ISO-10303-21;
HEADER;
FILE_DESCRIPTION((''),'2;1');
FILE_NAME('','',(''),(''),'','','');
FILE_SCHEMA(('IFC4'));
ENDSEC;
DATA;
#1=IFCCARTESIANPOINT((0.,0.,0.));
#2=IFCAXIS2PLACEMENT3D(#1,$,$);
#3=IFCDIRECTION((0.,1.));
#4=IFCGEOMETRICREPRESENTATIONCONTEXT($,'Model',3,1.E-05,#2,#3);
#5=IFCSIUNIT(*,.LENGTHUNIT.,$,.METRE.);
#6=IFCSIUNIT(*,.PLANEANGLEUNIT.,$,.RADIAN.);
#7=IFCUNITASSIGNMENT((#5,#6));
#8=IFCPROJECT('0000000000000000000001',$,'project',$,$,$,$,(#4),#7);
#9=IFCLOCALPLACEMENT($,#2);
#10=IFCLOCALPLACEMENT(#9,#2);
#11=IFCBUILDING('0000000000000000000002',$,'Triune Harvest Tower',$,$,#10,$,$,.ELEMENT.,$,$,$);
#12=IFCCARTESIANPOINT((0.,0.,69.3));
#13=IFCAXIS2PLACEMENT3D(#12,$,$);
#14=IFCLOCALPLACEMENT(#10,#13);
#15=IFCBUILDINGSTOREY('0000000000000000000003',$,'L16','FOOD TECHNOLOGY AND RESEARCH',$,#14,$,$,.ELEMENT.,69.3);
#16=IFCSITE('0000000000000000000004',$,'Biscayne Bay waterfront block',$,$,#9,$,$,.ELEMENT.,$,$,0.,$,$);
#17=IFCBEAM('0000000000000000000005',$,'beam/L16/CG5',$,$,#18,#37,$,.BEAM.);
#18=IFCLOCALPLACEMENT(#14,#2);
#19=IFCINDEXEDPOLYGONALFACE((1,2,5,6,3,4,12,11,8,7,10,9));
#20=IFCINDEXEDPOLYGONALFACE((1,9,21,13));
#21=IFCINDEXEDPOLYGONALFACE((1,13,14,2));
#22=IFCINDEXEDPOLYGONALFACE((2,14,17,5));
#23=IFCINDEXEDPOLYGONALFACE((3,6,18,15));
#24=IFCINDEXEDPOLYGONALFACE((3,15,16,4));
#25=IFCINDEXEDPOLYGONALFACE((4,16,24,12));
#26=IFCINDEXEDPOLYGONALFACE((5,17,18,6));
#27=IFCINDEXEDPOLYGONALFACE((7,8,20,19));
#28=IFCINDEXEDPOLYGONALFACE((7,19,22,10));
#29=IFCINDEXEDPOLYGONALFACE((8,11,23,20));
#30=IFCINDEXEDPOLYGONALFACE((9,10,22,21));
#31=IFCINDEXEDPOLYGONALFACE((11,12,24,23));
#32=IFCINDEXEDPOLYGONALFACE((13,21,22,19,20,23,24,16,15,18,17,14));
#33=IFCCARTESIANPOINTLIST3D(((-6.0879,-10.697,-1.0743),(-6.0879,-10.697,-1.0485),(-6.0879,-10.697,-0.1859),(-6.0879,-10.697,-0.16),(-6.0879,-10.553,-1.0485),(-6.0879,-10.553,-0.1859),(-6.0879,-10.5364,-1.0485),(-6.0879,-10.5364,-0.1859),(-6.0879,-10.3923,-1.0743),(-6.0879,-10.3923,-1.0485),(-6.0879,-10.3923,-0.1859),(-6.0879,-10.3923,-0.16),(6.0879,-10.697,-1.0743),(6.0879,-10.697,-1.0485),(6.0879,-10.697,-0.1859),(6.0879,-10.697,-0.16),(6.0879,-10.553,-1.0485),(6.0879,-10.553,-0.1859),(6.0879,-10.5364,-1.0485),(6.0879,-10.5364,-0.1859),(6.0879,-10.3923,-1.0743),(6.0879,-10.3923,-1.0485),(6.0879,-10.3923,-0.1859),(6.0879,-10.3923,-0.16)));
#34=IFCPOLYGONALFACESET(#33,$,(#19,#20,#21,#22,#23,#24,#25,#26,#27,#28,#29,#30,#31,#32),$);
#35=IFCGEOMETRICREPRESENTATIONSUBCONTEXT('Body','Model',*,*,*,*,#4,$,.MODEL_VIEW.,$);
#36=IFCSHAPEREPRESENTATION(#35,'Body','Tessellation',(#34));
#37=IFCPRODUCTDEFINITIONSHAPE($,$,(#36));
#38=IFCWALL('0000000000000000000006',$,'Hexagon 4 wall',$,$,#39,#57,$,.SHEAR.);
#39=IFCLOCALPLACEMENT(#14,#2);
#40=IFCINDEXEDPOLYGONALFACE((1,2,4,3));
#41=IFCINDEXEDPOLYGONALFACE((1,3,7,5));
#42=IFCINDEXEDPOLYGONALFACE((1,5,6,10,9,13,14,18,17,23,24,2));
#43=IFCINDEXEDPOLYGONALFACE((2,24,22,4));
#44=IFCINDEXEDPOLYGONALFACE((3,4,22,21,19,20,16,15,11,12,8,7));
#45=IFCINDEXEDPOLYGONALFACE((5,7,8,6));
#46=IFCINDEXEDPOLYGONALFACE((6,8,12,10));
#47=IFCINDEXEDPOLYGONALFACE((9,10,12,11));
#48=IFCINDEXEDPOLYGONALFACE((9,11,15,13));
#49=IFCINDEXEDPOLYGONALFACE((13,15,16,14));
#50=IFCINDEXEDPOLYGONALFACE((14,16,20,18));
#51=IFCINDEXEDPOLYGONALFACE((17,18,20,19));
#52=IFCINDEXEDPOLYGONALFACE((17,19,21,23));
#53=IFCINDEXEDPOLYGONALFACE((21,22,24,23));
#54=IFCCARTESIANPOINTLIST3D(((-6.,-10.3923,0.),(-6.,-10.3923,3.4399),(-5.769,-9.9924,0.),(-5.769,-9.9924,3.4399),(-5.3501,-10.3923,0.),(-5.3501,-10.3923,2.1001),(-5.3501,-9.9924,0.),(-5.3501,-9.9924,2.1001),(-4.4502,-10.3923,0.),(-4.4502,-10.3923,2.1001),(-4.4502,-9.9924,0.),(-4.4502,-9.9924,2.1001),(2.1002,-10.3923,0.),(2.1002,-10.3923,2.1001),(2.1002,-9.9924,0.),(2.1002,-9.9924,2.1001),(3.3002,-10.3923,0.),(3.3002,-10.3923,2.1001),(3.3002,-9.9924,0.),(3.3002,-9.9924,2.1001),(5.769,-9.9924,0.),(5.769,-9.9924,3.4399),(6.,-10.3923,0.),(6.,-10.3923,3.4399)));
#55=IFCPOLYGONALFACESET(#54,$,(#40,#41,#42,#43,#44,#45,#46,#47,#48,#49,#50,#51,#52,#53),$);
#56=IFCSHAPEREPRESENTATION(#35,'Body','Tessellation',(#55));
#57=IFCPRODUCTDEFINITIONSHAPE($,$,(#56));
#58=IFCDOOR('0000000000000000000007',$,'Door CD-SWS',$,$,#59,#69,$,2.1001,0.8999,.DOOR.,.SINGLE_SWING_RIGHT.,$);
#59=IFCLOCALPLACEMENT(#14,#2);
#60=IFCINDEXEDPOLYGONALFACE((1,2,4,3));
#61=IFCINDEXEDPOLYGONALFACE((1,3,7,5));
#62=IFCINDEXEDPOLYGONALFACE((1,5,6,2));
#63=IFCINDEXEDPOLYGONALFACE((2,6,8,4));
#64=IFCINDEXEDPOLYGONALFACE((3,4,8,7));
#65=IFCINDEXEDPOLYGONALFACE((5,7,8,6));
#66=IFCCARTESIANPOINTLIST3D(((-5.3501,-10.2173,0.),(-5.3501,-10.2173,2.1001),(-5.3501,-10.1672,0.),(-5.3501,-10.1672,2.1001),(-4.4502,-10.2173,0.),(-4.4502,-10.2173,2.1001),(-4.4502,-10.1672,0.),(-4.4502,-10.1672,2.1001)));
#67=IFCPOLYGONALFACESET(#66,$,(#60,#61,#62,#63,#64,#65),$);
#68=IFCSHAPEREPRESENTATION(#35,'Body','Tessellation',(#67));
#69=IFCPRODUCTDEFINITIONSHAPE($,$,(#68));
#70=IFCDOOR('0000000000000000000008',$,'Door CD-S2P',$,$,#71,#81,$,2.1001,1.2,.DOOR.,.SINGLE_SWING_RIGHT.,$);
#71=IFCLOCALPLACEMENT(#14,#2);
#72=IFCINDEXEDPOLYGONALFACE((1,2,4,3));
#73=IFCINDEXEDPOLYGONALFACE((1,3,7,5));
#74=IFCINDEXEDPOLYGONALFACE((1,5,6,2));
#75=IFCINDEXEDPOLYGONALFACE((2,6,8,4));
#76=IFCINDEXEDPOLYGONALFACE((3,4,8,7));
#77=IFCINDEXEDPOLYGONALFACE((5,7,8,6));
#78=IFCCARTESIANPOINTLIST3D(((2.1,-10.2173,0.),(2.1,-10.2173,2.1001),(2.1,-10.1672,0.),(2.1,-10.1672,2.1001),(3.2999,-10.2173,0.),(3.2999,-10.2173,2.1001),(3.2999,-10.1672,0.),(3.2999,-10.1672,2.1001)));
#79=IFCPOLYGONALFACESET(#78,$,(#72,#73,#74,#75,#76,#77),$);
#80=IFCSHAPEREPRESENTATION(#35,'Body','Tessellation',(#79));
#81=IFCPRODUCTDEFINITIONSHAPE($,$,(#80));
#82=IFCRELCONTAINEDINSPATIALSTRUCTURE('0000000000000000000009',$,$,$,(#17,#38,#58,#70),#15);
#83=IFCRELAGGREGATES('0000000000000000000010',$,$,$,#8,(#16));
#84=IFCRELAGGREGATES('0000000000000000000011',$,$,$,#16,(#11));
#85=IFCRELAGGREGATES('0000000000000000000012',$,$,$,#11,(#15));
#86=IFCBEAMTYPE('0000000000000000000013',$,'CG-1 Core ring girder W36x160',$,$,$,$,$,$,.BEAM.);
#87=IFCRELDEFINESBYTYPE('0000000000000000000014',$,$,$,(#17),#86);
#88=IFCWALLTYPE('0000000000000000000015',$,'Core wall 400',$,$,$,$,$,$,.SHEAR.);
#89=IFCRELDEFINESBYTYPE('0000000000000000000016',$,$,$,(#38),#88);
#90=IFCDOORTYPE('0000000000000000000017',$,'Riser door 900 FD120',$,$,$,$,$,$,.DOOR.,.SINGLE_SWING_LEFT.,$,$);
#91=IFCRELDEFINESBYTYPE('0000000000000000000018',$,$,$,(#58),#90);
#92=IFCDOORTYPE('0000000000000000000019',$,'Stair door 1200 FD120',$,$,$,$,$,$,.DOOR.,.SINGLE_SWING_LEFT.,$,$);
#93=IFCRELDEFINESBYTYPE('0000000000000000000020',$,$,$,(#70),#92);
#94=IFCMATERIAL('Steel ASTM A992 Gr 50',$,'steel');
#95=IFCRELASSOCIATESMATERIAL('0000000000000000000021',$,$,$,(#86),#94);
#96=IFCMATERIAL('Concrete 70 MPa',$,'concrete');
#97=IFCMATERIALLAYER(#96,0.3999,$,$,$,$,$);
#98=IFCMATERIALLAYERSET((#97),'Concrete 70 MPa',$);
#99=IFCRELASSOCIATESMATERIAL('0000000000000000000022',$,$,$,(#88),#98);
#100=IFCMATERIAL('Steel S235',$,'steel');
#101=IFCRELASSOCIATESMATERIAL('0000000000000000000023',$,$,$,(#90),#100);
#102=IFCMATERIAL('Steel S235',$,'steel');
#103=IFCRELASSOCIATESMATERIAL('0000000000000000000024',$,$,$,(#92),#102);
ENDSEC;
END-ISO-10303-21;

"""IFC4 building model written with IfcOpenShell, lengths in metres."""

from ifc_helpers import new_model, si_unit, direction, frame, frame_2d, origin, origin_2d, place, context, subcontext, project, spatial, polyline, rectangle, i_section, outline, extrude, source, transform, mapped, material, layer, layer_set, material_profile, profile_set, type_object, element, fill, save


model = new_model("IFC4")

# Units and contexts
model_context = context("Model", 3, precision=1e-05, world=origin(), true_north=direction((0.0, 1.0)))
body_context = subcontext(model_context, "Body", "Model", "MODEL_VIEW")
ifc_project = project(units=[si_unit("LENGTHUNIT", "METRE"), si_unit("PLANEANGLEUNIT", "RADIAN")], contexts=[model_context])

# Site, building, storey
site_placement = place(None, origin())
site = spatial("IfcSite", under=ifc_project, at=site_placement, Name="Biscayne Bay waterfront block", CompositionType="ELEMENT", RefElevation=0.0)
building_placement = place(site_placement, origin())
building = spatial("IfcBuilding", under=site, at=building_placement, Name="Triune Harvest Tower", CompositionType="ELEMENT")
storey_placement = place(building_placement, frame((0.0, 0.0, 69.3)))
storey = spatial("IfcBuildingStorey", under=building, at=storey_placement, Name="L16", Description="FOOD TECHNOLOGY AND RESEARCH", CompositionType="ELEMENT", Elevation=69.3)

# Beam
ifc_material_1 = material(Name="Steel ASTM A992 Gr 50", Category="steel")
ifc_material_profile = material_profile(ifc_material_1, i_section(OverallWidth=0.3047, OverallDepth=0.9143, WebThickness=0.0166, FlangeThickness=0.0259, at=origin_2d()), Name="W36x160")
ifc_profile_set = profile_set([ifc_material_profile], Name="Steel ASTM A992 Gr 50")
beam_type = type_object("IfcBeamType", Name="CG-1 Core ring girder W36x160", PredefinedType="BEAM", material=ifc_profile_set)
shared_shape_1 = source(origin(), body_context, "Body", "SweptSolid", [
    extrude(i_section(OverallWidth=0.3047, OverallDepth=0.9143, WebThickness=0.0166, FlangeThickness=0.0259, at=origin_2d()), origin(), (0.0, 0.0, 1.0), 12.1758),
])
beam_placement = place(storey_placement, frame((-6.0879, -10.5447, -0.6172), z_axis=(1.0, 0.0, 0.0), x_axis=(0.0, 1.0, 0.0)))
element("IfcBeam", 1, at=beam_placement, inside=storey, type_object=beam_type, Name="beam/L16/CG5", PredefinedType="BEAM", context=body_context, shape_type="MappedRepresentation", body=[
    mapped(shared_shape_1, transform((0.0, 0.0, 0.0), scale=1.0)),
])

# Wall, openings, doors
ifc_material_2 = material(Name="Concrete 70 MPa", Category="concrete")
ifc_layer_1 = layer(ifc_material_2, 0.3999)
ifc_layer_set_1 = layer_set([ifc_layer_1], Name="Concrete 70 MPa")
wall_type_1 = type_object("IfcWallType", Name="Core wall 400", PredefinedType="SHEAR", material=ifc_layer_set_1)
shared_shape_2 = source(origin(), body_context, "Body", "SweptSolid", [
    extrude(outline(polyline([(-0.1155, -0.2), (11.8845, -0.2), (11.6536, 0.2), (0.1155, 0.2), (-0.1155, -0.2)])), origin(), (0.0, 0.0, 1.0), 3.4399),
])
wall_1_placement = place(storey_placement, frame((-5.8845, -10.1924, 0.0), z_axis=(0.0, 0.0, 1.0), x_axis=(1.0, 0.0, 0.0)))
wall_1 = element("IfcWall", 2, at=wall_1_placement, inside=storey, type_object=wall_type_1, Name="Hexagon 4 wall", PredefinedType="SHEAR", context=body_context, shape_type="MappedRepresentation", body=[
    mapped(shared_shape_2, transform((0.0, 0.0, 0.0), scale=1.0)),
])
opening_1_placement = place(wall_1_placement, frame((7.9846, 0.0, 0.0)))
opening_1 = element("IfcOpeningElement", 3, at=opening_1_placement, cuts=wall_1, PredefinedType="OPENING", context=body_context, shape_type="SweptSolid", body=[
    extrude(rectangle(XDim=1.2, YDim=2.1001, at=frame_2d((0.6001, 1.05))), frame((0.0, 0.21, 0.0), z_axis=(0.0, -1.0, 0.0), x_axis=(1.0, 0.0, 0.0)), (0.0, 0.0, 1.0), 0.4199),
])
opening_2_placement = place(wall_1_placement, frame((0.5344, 0.0, 0.0)))
opening_2 = element("IfcOpeningElement", 4, at=opening_2_placement, cuts=wall_1, PredefinedType="OPENING", context=body_context, shape_type="SweptSolid", body=[
    extrude(rectangle(XDim=0.8999, YDim=2.1001, at=frame_2d((0.45, 1.05))), frame((0.0, 0.21, 0.0), z_axis=(0.0, -1.0, 0.0), x_axis=(1.0, 0.0, 0.0)), (0.0, 0.0, 1.0), 0.4199),
])
ifc_material_3 = material(Name="Steel S235", Category="steel")
door_type_1 = type_object("IfcDoorType", Name="Riser door 900 FD120", OperationType="SINGLE_SWING_LEFT", PredefinedType="DOOR", material=ifc_material_3)
door_1_placement = place(opening_2_placement, frame((0.8999, 0.0, 0.0), z_axis=(0.0, 0.0, 1.0), x_axis=(-1.0, 0.0, 0.0)))
door_1 = element("IfcDoor", 5, at=door_1_placement, inside=storey, type_object=door_type_1, Name="Door CD-SWS", OperationType="SINGLE_SWING_RIGHT", OverallHeight=2.1001, OverallWidth=0.8999, PredefinedType="DOOR", context=body_context, shape_type="SweptSolid", body=[
    extrude(rectangle(XDim=0.8999, YDim=2.1001, at=frame_2d((0.45, 1.05))), frame((0.0, 0.0249, 0.0), z_axis=(0.0, -1.0, 0.0), x_axis=(1.0, 0.0, 0.0)), (0.0, 0.0, 1.0), 0.05),
])
fill(opening_2, door_1)
ifc_material_4 = material(Name="Steel S235", Category="steel")
door_type_2 = type_object("IfcDoorType", Name="Stair door 1200 FD120", OperationType="SINGLE_SWING_LEFT", PredefinedType="DOOR", material=ifc_material_4)
door_2_placement = place(opening_1_placement, frame((1.2, 0.0, 0.0), z_axis=(0.0, 0.0, 1.0), x_axis=(-1.0, 0.0, 0.0)))
door_2 = element("IfcDoor", 6, at=door_2_placement, inside=storey, type_object=door_type_2, Name="Door CD-S2P", OperationType="SINGLE_SWING_RIGHT", OverallHeight=2.1001, OverallWidth=1.2, PredefinedType="DOOR", context=body_context, shape_type="SweptSolid", body=[
    extrude(rectangle(XDim=1.2, YDim=2.1001, at=frame_2d((0.6001, 1.05))), frame((0.0, 0.0249, 0.0), z_axis=(0.0, -1.0, 0.0), x_axis=(1.0, 0.0, 0.0)), (0.0, 0.0, 1.0), 0.05),
])
fill(opening_1, door_2)

save(model, "model.ifc")
